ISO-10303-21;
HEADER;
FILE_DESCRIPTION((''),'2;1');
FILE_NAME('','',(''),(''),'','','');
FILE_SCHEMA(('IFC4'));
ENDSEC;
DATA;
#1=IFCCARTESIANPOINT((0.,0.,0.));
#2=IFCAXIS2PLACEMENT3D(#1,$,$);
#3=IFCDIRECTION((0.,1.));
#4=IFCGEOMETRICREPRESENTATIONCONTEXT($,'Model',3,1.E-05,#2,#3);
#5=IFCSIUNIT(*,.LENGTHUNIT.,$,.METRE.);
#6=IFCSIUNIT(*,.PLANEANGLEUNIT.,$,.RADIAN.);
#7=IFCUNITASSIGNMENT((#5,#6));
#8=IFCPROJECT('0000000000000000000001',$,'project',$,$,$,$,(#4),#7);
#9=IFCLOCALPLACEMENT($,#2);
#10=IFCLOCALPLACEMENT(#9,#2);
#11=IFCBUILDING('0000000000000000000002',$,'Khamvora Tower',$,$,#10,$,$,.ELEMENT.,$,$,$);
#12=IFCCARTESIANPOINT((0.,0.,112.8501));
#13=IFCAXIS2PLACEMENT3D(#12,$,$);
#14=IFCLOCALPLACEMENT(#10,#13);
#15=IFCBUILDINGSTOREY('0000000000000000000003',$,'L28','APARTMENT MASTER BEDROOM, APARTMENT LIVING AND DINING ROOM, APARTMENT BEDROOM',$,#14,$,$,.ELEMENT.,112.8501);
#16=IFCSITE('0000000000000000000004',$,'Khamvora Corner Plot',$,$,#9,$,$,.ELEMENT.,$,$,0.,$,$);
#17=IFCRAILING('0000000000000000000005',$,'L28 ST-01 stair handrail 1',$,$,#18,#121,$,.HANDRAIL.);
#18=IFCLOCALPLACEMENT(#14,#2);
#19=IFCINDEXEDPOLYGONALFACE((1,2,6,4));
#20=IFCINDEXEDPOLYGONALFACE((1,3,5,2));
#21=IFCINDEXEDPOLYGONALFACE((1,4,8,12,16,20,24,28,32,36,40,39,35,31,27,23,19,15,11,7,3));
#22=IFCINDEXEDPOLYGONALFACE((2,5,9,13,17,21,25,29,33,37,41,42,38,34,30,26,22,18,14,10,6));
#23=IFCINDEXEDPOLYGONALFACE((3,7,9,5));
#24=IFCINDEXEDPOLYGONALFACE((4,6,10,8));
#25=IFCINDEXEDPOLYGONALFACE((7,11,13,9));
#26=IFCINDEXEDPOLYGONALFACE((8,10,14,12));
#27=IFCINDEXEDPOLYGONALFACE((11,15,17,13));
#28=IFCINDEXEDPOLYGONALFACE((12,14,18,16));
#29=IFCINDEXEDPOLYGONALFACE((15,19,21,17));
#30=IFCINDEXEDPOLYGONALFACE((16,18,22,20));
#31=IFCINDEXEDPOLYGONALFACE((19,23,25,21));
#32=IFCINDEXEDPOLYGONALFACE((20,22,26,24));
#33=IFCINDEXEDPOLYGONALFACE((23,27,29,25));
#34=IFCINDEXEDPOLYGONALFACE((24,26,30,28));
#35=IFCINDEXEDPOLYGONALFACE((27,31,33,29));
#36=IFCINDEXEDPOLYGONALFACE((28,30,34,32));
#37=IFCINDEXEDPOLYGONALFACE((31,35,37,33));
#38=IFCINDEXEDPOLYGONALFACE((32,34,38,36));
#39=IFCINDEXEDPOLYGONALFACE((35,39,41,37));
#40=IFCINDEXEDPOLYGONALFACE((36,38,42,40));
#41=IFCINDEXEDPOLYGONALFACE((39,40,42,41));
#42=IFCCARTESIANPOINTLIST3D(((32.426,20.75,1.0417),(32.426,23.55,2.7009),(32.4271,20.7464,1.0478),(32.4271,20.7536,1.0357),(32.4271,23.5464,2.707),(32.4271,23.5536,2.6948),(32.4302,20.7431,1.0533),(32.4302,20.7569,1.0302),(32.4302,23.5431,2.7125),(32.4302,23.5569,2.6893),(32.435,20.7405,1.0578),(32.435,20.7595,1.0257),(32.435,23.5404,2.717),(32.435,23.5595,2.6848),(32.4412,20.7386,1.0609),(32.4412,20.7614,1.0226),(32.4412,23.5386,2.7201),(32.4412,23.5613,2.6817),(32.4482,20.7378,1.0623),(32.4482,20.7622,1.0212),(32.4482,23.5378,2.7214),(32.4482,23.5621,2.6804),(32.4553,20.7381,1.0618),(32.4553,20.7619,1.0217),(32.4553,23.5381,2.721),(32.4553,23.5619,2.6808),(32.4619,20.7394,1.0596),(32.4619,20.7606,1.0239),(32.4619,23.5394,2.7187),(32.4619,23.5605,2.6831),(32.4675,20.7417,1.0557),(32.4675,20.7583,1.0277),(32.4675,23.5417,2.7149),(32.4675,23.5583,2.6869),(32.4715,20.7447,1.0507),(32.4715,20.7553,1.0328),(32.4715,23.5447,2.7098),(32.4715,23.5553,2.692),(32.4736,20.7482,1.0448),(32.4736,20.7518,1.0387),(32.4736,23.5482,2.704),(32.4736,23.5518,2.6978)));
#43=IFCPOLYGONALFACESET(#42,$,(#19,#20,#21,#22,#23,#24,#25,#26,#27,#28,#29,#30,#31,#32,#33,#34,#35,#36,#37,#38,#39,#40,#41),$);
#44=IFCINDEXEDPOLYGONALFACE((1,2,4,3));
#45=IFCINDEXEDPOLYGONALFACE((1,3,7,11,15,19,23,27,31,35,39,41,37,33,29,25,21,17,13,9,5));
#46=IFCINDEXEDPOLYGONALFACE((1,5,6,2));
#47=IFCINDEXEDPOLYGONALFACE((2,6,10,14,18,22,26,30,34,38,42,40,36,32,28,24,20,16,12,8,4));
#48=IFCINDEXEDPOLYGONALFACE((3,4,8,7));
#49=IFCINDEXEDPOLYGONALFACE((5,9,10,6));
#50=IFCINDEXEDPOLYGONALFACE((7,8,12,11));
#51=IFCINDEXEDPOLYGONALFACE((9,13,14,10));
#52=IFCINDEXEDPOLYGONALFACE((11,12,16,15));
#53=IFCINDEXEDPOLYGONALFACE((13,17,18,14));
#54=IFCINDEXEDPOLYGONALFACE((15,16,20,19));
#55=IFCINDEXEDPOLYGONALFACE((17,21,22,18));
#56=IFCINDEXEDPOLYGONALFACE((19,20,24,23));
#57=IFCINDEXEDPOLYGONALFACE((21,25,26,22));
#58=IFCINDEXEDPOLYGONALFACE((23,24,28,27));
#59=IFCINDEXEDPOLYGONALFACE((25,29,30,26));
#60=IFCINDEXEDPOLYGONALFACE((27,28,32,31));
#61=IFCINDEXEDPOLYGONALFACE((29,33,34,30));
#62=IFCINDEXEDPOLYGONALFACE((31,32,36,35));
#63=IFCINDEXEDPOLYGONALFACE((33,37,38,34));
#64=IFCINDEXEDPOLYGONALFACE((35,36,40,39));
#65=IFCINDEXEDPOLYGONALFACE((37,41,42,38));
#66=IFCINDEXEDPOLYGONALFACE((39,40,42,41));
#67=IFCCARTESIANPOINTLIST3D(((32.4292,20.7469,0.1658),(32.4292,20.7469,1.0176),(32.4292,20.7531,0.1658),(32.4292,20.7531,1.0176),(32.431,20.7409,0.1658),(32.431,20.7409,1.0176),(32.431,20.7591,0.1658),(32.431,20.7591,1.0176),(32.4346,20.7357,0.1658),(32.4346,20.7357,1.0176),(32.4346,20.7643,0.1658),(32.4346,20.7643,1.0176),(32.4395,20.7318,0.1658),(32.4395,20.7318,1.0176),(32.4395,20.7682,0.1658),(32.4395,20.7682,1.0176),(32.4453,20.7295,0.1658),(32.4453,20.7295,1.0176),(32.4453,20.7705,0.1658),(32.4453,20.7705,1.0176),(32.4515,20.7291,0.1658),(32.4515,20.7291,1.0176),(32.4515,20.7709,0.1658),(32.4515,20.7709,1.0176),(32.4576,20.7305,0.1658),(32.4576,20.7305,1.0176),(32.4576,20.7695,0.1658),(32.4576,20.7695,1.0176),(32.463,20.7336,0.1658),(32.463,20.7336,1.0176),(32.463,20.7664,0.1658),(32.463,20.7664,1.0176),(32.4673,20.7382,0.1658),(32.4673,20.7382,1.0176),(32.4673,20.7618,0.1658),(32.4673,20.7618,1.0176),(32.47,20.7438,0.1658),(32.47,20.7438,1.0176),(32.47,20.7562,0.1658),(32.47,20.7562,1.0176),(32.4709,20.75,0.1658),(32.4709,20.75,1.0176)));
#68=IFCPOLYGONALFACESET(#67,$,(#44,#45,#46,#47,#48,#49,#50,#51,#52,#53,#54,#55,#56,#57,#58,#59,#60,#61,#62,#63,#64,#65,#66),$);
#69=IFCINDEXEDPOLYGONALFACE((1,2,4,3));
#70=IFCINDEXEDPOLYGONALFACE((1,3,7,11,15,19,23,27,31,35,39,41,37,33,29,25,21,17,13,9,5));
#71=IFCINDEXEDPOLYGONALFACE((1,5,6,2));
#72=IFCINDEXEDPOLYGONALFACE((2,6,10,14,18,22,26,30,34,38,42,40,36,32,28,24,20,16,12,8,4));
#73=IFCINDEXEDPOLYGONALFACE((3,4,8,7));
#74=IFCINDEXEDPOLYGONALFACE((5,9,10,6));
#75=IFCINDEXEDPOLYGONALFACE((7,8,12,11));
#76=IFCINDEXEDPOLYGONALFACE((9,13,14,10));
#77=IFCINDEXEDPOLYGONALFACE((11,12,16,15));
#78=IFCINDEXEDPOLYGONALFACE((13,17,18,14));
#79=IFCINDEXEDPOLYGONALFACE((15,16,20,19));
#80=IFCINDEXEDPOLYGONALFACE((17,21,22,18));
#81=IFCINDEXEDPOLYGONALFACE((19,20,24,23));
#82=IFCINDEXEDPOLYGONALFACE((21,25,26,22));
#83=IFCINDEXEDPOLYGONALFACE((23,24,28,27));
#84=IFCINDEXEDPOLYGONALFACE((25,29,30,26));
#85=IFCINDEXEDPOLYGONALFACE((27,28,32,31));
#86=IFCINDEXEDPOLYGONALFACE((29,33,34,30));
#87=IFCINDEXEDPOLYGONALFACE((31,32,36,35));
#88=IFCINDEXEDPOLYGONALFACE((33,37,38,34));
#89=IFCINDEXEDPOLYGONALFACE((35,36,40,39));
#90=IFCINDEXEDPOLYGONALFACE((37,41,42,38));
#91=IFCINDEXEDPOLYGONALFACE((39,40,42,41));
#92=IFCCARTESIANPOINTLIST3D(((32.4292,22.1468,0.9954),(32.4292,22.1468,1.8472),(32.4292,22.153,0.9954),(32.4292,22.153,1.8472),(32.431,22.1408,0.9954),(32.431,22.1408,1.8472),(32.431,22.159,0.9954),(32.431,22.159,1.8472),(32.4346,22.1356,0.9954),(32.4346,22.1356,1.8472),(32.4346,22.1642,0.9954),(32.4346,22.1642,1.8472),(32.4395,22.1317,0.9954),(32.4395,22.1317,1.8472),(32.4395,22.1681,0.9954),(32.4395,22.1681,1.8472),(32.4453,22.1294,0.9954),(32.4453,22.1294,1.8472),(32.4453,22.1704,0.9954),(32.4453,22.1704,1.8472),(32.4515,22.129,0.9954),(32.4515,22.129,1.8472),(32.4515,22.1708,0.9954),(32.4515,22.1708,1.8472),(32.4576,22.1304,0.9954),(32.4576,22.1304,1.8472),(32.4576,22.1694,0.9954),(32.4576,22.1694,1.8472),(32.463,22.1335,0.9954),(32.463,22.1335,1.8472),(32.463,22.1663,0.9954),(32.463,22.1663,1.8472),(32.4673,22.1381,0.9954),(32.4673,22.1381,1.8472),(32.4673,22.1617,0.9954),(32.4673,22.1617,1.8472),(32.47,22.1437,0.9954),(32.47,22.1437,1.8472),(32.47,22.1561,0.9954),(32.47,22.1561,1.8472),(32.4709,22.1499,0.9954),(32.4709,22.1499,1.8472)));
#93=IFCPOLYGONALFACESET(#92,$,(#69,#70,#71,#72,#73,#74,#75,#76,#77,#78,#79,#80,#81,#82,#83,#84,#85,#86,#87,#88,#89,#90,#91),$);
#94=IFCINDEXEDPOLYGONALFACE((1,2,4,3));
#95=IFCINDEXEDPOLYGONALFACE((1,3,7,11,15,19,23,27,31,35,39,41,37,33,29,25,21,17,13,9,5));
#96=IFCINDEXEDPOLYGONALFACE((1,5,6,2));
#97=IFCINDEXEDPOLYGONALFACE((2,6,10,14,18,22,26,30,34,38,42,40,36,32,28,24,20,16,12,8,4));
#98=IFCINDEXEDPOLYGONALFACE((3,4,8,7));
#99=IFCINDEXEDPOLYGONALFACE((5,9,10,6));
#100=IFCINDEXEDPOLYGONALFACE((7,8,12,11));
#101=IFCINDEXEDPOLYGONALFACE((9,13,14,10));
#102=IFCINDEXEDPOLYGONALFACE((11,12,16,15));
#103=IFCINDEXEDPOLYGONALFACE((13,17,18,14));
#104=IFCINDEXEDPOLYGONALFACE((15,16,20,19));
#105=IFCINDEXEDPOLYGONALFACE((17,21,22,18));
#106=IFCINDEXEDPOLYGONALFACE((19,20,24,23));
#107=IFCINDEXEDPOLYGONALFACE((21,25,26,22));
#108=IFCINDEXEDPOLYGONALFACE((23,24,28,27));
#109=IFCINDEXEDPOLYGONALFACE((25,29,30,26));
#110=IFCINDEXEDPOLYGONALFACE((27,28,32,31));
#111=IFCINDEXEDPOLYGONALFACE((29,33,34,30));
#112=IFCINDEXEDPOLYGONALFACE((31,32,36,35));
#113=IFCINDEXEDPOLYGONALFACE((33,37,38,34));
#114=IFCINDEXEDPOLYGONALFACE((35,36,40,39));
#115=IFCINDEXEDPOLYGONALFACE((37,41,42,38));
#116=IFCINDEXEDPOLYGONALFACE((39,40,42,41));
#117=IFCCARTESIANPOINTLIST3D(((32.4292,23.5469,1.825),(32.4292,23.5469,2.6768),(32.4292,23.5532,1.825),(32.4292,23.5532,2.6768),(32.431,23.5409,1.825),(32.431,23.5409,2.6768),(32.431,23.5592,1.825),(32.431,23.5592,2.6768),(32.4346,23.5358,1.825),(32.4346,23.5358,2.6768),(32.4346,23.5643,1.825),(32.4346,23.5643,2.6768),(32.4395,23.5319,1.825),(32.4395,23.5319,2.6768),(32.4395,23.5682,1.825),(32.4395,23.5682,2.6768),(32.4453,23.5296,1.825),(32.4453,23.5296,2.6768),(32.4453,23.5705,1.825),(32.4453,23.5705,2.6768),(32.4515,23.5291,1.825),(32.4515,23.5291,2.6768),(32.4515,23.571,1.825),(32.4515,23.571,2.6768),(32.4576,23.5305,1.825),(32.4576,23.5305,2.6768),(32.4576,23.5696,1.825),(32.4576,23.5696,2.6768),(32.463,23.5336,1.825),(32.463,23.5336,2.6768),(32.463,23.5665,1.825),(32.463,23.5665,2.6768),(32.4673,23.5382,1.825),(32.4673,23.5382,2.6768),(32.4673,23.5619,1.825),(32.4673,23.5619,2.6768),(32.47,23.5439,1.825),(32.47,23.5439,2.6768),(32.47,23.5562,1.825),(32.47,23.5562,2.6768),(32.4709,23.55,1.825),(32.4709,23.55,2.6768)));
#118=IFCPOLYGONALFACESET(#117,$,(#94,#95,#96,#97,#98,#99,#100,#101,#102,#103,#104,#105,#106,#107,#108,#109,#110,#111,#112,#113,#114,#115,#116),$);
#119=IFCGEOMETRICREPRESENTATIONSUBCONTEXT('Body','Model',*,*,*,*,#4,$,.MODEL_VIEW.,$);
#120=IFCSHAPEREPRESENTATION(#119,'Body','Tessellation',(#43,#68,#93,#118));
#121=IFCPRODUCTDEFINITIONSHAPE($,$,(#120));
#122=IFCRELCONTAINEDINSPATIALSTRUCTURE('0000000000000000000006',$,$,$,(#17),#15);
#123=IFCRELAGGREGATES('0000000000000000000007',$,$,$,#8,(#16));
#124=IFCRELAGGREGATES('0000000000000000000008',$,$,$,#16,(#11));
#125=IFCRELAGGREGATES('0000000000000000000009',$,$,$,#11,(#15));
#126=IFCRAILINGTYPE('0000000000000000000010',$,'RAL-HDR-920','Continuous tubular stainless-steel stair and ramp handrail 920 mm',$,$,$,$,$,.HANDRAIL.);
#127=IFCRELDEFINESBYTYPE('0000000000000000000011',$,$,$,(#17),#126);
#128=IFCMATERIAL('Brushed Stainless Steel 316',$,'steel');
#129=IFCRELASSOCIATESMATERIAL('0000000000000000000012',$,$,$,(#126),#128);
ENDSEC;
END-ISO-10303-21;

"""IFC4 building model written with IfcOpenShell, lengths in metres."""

from ifc_helpers import new_model, si_unit, direction, frame, origin, origin_2d, place, context, subcontext, project, spatial, circle, extrude, material, type_object, element, save


model = new_model("IFC4")

# Units and contexts
model_context = context("Model", 3, precision=1e-05, world=origin(), true_north=direction((0.0, 1.0)))
body_context = subcontext(model_context, "Body", "Model", "MODEL_VIEW")
ifc_project = project(units=[si_unit("LENGTHUNIT", "METRE"), si_unit("PLANEANGLEUNIT", "RADIAN")], contexts=[model_context])

# Site, building, storey
site_placement = place(None, origin())
site = spatial("IfcSite", under=ifc_project, at=site_placement, Name="Khamvora Corner Plot", CompositionType="ELEMENT", RefElevation=0.0)
building_placement = place(site_placement, origin())
building = spatial("IfcBuilding", under=site, at=building_placement, Name="Khamvora Tower", CompositionType="ELEMENT")
storey_placement = place(building_placement, frame((0.0, 0.0, 112.8501)))
storey = spatial("IfcBuildingStorey", under=building, at=storey_placement, Name="L28", Description="APARTMENT MASTER BEDROOM, APARTMENT LIVING AND DINING ROOM, APARTMENT BEDROOM", CompositionType="ELEMENT", Elevation=112.8501)

# Railing
ifc_material_1 = material(Name="Brushed Stainless Steel 316", Category="steel")
railing_type = type_object("IfcRailingType", Name="RAL-HDR-920", Description="Continuous tubular stainless-steel stair and ramp handrail 920 mm", PredefinedType="HANDRAIL", material=ifc_material_1)
railing_placement = place(storey_placement, frame((32.45, 20.75, 0.1658)))
element("IfcRailing", 1, at=railing_placement, inside=storey, type_object=railing_type, Name="L28 ST-01 stair handrail 1", PredefinedType="HANDRAIL", context=body_context, shape_type="SweptSolid", body=[
    extrude(circle(Radius=0.0239, at=origin_2d()), frame((0.0, 0.0, 0.876), z_axis=(0.0, 0.860306, 0.509778), x_axis=(-1.0, 0.0, 0.0)), (0.0, 0.0, 1.0), 3.2546),
    extrude(circle(Radius=0.021, at=origin_2d()), origin(), (0.0, 0.0, 1.0), 0.8518),
    extrude(circle(Radius=0.021, at=origin_2d()), frame((0.0, 1.3999, 0.8296)), (0.0, 0.0, 1.0), 0.8518),
    extrude(circle(Radius=0.021, at=origin_2d()), frame((0.0, 2.8, 1.6592)), (0.0, 0.0, 1.0), 0.8518),
])

save(model, "model.ifc")
